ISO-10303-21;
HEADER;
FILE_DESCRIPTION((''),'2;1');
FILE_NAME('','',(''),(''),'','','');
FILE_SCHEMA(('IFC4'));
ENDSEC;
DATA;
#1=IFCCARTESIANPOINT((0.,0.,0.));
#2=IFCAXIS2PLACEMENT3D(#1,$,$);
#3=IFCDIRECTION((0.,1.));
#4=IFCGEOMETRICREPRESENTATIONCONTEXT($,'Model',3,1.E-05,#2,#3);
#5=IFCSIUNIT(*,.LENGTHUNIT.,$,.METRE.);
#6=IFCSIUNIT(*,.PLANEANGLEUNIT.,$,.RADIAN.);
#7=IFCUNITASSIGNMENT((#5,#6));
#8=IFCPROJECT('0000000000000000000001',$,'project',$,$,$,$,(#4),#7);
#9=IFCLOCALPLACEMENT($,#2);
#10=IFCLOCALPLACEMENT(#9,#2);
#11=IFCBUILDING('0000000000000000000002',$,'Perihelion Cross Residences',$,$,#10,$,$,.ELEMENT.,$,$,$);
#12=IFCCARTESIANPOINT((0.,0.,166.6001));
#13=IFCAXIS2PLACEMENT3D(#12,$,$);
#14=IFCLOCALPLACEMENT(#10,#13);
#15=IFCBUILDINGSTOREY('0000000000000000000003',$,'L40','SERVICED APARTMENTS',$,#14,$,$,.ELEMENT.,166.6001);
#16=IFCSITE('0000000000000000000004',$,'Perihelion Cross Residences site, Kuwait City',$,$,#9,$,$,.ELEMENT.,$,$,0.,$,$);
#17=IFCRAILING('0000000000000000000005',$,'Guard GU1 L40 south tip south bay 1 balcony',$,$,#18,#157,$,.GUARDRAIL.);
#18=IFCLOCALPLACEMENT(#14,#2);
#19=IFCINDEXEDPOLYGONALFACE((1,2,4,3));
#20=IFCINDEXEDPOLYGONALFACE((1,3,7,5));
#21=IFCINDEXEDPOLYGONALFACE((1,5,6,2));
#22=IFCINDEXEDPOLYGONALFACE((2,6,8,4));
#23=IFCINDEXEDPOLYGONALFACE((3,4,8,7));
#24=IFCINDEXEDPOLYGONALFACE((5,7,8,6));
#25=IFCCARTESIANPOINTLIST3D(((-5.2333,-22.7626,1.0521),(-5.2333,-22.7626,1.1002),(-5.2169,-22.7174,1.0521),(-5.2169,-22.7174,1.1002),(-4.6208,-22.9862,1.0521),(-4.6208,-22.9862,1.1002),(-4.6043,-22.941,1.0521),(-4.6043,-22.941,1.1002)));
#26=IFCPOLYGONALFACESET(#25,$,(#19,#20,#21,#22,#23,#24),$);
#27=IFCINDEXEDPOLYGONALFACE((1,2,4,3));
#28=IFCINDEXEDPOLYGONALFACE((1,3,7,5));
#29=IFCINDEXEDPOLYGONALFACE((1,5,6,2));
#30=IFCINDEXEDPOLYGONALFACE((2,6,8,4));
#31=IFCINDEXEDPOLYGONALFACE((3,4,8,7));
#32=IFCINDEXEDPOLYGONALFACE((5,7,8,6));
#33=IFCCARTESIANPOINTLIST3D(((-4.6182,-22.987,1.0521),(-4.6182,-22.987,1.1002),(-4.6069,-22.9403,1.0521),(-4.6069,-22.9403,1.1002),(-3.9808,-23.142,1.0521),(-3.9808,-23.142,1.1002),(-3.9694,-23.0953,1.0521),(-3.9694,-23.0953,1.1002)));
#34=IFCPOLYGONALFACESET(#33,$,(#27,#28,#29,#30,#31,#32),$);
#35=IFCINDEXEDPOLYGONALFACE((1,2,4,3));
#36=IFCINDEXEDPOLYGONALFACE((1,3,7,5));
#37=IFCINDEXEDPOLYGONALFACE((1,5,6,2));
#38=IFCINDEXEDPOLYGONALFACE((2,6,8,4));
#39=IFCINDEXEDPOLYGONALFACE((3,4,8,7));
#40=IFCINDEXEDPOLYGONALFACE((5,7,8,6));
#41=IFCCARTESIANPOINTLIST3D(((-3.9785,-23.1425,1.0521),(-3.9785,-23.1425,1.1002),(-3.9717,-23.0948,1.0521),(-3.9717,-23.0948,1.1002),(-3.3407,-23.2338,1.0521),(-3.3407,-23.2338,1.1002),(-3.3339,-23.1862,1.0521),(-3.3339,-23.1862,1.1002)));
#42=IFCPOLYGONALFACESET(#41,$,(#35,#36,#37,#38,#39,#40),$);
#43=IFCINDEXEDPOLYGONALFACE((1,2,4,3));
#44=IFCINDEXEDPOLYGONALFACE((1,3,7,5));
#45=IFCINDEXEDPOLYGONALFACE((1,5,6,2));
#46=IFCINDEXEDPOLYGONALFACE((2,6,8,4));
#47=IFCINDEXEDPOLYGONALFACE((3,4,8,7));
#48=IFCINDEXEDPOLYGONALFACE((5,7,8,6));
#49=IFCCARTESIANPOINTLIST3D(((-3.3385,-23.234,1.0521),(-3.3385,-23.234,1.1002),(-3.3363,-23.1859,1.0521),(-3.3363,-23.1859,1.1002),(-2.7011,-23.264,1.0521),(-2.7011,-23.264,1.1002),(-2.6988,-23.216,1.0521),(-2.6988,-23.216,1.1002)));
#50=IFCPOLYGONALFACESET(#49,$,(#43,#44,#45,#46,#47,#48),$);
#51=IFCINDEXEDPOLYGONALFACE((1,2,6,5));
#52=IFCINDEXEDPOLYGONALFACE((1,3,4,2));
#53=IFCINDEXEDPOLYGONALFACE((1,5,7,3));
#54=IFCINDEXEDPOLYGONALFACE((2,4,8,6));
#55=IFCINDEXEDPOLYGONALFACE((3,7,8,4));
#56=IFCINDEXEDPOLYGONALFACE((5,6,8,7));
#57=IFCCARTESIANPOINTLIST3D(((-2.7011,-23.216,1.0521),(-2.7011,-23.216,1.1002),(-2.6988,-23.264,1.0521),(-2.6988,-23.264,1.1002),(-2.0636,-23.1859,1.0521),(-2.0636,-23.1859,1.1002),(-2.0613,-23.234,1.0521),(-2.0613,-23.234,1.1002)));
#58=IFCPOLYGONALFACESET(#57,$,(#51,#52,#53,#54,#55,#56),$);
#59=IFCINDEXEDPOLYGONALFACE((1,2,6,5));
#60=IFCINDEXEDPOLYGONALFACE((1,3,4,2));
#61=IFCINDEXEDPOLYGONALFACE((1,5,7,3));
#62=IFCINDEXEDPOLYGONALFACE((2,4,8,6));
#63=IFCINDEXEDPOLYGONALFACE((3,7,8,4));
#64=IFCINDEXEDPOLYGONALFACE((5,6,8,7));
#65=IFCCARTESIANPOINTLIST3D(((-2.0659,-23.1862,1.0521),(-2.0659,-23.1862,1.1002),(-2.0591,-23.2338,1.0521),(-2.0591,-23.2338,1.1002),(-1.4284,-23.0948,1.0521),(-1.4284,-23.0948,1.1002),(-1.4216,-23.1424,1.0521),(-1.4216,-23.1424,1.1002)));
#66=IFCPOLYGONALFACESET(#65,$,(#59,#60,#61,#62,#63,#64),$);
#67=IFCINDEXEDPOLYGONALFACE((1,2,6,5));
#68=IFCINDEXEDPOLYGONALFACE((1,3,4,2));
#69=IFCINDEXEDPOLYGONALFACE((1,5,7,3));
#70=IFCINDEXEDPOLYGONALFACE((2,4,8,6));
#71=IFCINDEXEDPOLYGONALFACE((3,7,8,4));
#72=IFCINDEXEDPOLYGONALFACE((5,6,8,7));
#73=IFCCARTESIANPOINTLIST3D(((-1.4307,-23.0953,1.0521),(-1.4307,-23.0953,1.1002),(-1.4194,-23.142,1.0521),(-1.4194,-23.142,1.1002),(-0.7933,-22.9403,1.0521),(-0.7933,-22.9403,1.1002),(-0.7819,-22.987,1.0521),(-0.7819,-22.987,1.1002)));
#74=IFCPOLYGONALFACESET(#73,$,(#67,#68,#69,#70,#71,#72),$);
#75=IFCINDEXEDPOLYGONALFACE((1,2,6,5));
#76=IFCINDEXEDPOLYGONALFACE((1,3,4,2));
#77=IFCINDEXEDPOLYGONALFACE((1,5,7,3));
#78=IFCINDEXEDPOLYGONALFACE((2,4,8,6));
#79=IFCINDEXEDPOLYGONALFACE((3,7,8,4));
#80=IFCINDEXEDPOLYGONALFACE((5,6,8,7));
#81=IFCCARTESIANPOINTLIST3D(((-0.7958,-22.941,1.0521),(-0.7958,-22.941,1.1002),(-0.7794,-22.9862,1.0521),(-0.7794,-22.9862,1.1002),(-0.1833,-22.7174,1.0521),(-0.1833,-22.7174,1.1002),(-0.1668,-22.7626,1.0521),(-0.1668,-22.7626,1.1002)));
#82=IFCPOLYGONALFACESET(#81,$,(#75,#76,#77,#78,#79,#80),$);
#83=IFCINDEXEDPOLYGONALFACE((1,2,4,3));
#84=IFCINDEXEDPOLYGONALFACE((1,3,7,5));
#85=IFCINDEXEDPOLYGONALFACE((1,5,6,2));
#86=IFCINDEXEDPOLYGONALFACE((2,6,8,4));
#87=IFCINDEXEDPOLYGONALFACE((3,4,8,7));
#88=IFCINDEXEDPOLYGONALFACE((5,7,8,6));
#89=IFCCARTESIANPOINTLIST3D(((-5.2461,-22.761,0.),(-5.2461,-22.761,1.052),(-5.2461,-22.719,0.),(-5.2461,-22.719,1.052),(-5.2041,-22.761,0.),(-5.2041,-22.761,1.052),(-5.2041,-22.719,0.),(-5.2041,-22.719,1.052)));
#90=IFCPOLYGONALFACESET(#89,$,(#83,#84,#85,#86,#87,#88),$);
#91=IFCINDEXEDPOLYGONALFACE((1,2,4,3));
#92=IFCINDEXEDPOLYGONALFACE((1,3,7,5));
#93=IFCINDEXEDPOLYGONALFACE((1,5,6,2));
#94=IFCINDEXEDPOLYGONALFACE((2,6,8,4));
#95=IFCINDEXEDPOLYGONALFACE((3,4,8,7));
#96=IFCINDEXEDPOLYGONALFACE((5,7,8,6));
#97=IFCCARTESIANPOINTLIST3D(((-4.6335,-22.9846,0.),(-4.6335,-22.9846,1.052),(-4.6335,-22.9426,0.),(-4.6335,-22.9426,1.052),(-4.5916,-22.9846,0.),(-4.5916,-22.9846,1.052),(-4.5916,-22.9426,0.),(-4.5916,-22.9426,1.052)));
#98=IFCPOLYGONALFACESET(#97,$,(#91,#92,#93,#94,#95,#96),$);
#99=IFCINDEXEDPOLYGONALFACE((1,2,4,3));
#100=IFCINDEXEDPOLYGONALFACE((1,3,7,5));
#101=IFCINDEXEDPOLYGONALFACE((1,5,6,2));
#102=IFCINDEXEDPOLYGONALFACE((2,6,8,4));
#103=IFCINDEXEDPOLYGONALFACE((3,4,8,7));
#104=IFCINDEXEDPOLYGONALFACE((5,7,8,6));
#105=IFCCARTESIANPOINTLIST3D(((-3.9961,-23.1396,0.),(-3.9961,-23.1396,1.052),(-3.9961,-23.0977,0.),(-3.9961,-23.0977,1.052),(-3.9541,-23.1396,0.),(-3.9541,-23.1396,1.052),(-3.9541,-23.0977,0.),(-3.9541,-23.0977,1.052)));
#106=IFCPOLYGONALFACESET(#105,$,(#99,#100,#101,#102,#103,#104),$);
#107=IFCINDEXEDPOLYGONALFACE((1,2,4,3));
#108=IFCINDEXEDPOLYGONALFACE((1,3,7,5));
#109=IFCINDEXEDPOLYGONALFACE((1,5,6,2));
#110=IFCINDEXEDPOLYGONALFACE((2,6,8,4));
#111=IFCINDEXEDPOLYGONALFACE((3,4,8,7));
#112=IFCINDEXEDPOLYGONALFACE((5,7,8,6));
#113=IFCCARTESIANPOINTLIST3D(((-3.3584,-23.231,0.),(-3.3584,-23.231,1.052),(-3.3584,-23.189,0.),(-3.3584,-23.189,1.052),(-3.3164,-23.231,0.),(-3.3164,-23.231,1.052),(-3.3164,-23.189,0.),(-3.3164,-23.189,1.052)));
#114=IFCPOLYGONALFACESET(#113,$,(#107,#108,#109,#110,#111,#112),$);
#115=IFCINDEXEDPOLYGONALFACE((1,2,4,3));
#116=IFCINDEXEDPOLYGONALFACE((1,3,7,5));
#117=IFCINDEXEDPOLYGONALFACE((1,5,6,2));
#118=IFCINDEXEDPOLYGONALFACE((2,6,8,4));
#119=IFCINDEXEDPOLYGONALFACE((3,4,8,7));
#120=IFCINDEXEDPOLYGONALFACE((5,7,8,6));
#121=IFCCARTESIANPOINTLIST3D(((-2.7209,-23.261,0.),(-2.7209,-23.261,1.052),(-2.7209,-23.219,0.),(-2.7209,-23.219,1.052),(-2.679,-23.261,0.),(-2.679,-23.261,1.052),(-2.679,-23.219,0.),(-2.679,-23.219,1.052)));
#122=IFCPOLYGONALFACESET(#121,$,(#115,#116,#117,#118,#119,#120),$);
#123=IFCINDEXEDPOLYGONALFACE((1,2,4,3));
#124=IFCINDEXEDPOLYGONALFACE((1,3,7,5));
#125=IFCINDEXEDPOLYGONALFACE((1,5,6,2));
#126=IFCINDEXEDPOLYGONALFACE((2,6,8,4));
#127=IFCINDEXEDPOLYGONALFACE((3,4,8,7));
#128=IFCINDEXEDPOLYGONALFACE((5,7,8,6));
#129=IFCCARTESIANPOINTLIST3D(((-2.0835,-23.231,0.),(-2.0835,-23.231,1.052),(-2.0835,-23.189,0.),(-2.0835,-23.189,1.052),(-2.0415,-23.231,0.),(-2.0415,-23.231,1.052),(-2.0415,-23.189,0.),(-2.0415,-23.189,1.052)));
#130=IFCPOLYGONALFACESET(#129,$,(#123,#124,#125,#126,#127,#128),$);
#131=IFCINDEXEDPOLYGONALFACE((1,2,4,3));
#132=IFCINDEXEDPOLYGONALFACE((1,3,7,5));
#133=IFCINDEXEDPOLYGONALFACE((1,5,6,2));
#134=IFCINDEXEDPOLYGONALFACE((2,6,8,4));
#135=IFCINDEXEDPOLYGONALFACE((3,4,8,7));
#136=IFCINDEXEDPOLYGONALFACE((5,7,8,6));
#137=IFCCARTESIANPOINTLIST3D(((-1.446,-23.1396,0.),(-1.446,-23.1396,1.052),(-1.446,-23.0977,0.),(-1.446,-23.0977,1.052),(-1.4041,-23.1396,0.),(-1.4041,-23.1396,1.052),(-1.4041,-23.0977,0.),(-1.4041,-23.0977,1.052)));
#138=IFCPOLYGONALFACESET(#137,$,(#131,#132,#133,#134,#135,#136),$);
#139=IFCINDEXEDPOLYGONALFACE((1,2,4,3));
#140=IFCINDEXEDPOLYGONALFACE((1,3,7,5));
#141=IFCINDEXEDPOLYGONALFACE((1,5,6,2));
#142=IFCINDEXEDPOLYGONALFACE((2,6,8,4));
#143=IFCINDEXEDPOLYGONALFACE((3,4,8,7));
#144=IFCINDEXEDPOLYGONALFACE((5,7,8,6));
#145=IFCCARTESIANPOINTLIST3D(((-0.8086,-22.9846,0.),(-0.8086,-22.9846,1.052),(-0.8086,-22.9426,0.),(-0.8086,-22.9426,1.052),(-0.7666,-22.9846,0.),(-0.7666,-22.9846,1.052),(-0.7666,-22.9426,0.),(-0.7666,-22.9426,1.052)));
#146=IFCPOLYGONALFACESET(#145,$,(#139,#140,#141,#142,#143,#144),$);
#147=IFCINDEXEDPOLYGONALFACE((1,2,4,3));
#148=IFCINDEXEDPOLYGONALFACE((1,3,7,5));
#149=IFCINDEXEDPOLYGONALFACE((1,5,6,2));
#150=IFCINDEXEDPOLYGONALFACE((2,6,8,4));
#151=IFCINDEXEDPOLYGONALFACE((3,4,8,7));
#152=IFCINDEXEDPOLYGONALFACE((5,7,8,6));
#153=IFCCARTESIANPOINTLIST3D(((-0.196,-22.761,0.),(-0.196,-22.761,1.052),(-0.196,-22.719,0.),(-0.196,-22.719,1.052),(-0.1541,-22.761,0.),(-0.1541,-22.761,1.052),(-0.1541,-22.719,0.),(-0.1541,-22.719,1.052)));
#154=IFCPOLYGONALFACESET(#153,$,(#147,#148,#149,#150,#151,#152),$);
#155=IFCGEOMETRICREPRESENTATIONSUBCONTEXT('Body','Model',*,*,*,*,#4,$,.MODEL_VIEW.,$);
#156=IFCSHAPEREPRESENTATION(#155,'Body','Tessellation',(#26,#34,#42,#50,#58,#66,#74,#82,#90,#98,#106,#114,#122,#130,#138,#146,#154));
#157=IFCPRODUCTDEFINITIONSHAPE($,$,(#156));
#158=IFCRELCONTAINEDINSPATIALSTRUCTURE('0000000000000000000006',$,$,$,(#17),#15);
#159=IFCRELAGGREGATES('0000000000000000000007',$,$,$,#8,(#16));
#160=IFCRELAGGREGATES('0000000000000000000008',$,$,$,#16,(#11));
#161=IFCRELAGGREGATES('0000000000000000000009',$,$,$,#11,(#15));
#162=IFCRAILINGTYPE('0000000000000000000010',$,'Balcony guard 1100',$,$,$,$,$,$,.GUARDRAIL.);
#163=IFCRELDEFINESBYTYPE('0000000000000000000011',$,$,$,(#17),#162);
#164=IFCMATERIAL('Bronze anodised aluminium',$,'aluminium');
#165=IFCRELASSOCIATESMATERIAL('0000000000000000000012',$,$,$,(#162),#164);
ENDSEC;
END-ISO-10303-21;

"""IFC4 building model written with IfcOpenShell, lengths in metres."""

from ifc_helpers import new_model, si_unit, direction, frame, origin, origin_2d, place, context, subcontext, project, spatial, rectangle, extrude, material, type_object, element, save


model = new_model("IFC4")

# Units and contexts
model_context = context("Model", 3, precision=1e-05, world=origin(), true_north=direction((0.0, 1.0)))
body_context = subcontext(model_context, "Body", "Model", "MODEL_VIEW")
ifc_project = project(units=[si_unit("LENGTHUNIT", "METRE"), si_unit("PLANEANGLEUNIT", "RADIAN")], contexts=[model_context])

# Site, building, storey
site_placement = place(None, origin())
site = spatial("IfcSite", under=ifc_project, at=site_placement, Name="Perihelion Cross Residences site, Kuwait City", CompositionType="ELEMENT", RefElevation=0.0)
building_placement = place(site_placement, origin())
building = spatial("IfcBuilding", under=site, at=building_placement, Name="Perihelion Cross Residences", CompositionType="ELEMENT")
storey_placement = place(building_placement, frame((0.0, 0.0, 166.6001)))
storey = spatial("IfcBuildingStorey", under=building, at=storey_placement, Name="L40", Description="SERVICED APARTMENTS", CompositionType="ELEMENT", Elevation=166.6001)

# Railing
ifc_material_1 = material(Name="Bronze anodised aluminium", Category="aluminium")
railing_type = type_object("IfcRailingType", Name="Balcony guard 1100", PredefinedType="GUARDRAIL", material=ifc_material_1)
railing_1_placement = place(storey_placement, frame((-5.2251, -22.74, 0.0)))
element("IfcRailing", 1, at=railing_1_placement, inside=storey, type_object=railing_type, Name="Guard GU1 L40 south tip south bay 1 balcony", PredefinedType="GUARDRAIL", context=body_context, shape_type="SweptSolid", body=[
    extrude(rectangle(XDim=0.0481, YDim=0.0481, at=origin_2d()), frame((0.0, 0.0, 1.0762), z_axis=(0.939355, -0.342945, 0.0), x_axis=(0.342945, 0.939355, 0.0)), (0.0, 0.0, 1.0), 0.6521),
    extrude(rectangle(XDim=0.0481, YDim=0.0481, at=origin_2d()), frame((0.6125, -0.2236, 1.0762), z_axis=(0.971677, -0.236314, 0.0), x_axis=(0.236314, 0.971677, 0.0)), (0.0, 0.0, 1.0), 0.656),
    extrude(rectangle(XDim=0.0481, YDim=0.0481, at=origin_2d()), frame((1.25, -0.3787, 1.0762), z_axis=(0.989904, -0.14174, 0.0), x_axis=(0.14174, 0.989904, 0.0)), (0.0, 0.0, 1.0), 0.6443),
    extrude(rectangle(XDim=0.0481, YDim=0.0481, at=origin_2d()), frame((1.8877, -0.47, 1.0762), z_axis=(0.998892, -0.047056, 0.0), x_axis=(0.047056, 0.998892, 0.0)), (0.0, 0.0, 1.0), 0.6382),
    extrude(rectangle(XDim=0.0481, YDim=0.0481, at=origin_2d()), frame((2.5251, -0.5, 1.0762), z_axis=(0.998892, 0.047056, 0.0), x_axis=(-0.047056, 0.998892, 0.0)), (0.0, 0.0, 1.0), 0.6382),
    extrude(rectangle(XDim=0.0481, YDim=0.0481, at=origin_2d()), frame((3.1626, -0.47, 1.0762), z_axis=(0.989896, 0.141793, 0.0), x_axis=(-0.141793, 0.989896, 0.0)), (0.0, 0.0, 1.0), 0.644),
    extrude(rectangle(XDim=0.0481, YDim=0.0481, at=origin_2d()), frame((3.8, -0.3787, 1.0762), z_axis=(0.971677, 0.236314, 0.0), x_axis=(-0.236314, 0.971677, 0.0)), (0.0, 0.0, 1.0), 0.656),
    extrude(rectangle(XDim=0.0481, YDim=0.0481, at=origin_2d()), frame((4.4375, -0.2236, 1.0762), z_axis=(0.939355, 0.342945, 0.0), x_axis=(-0.342945, 0.939355, 0.0)), (0.0, 0.0, 1.0), 0.6521),
    extrude(rectangle(XDim=0.042, YDim=0.042, at=origin_2d()), origin(), (0.0, 0.0, 1.0), 1.052),
    extrude(rectangle(XDim=0.042, YDim=0.042, at=origin_2d()), frame((0.6125, -0.2236, 0.0)), (0.0, 0.0, 1.0), 1.052),
    extrude(rectangle(XDim=0.042, YDim=0.042, at=origin_2d()), frame((1.25, -0.3787, 0.0)), (0.0, 0.0, 1.0), 1.052),
    extrude(rectangle(XDim=0.042, YDim=0.042, at=origin_2d()), frame((1.8877, -0.47, 0.0)), (0.0, 0.0, 1.0), 1.052),
    extrude(rectangle(XDim=0.042, YDim=0.042, at=origin_2d()), frame((2.5251, -0.5, 0.0)), (0.0, 0.0, 1.0), 1.052),
    extrude(rectangle(XDim=0.042, YDim=0.042, at=origin_2d()), frame((3.1626, -0.47, 0.0)), (0.0, 0.0, 1.0), 1.052),
    extrude(rectangle(XDim=0.042, YDim=0.042, at=origin_2d()), frame((3.8, -0.3787, 0.0)), (0.0, 0.0, 1.0), 1.052),
    extrude(rectangle(XDim=0.042, YDim=0.042, at=origin_2d()), frame((4.4375, -0.2236, 0.0)), (0.0, 0.0, 1.0), 1.052),
    extrude(rectangle(XDim=0.042, YDim=0.042, at=origin_2d()), frame((5.05, 0.0, 0.0)), (0.0, 0.0, 1.0), 1.052),
])

save(model, "model.ifc")
